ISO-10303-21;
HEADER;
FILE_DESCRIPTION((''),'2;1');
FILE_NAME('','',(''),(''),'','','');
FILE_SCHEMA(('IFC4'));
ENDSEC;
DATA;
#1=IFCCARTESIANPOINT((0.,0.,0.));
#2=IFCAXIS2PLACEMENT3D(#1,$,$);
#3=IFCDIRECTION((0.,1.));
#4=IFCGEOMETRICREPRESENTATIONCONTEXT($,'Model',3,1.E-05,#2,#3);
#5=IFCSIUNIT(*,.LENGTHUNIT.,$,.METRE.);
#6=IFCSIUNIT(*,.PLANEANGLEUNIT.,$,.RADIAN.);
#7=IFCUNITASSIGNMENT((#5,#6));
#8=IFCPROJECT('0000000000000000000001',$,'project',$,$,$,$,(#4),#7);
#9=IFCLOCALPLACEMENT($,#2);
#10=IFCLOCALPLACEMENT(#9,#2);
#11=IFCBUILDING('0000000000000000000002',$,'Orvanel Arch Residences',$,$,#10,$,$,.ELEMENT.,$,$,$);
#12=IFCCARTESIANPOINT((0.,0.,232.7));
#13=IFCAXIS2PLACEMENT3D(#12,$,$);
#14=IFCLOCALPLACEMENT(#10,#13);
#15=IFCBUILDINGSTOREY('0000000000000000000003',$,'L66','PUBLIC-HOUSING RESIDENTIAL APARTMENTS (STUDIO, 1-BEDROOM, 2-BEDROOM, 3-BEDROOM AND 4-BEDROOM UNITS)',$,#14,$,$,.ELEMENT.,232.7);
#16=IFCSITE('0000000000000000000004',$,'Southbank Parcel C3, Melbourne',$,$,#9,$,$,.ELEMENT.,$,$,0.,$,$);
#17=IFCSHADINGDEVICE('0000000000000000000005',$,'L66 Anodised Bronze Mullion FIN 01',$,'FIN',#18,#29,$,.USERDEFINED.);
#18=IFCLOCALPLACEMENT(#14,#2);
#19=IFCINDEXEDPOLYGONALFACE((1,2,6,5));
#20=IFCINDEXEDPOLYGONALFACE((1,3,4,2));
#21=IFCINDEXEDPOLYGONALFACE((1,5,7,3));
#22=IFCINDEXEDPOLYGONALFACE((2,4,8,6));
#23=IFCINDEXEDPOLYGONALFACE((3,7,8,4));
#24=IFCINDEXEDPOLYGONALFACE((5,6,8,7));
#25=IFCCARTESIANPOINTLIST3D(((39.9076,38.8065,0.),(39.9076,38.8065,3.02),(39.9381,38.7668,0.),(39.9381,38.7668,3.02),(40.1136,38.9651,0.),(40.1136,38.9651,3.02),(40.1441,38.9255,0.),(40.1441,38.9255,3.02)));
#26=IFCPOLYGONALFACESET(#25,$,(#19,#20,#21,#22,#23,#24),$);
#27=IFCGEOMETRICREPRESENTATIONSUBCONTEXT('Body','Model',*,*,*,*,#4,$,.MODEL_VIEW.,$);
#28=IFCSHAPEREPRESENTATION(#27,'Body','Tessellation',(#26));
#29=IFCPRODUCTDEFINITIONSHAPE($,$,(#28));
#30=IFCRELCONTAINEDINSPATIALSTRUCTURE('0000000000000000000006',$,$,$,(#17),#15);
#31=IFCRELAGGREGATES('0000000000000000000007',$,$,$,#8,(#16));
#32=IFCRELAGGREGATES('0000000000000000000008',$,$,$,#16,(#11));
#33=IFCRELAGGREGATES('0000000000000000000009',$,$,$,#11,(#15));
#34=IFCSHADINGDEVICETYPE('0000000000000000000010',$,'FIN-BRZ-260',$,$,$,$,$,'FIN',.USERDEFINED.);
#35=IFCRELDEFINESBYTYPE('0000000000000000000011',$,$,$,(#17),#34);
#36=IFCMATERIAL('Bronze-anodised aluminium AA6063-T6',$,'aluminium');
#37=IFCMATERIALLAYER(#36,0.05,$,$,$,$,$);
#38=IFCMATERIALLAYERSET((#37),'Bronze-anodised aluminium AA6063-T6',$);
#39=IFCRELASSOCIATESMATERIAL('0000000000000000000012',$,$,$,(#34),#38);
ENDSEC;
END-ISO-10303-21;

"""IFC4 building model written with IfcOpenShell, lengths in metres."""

from ifc_helpers import new_model, si_unit, direction, frame, origin, origin_2d, place, context, subcontext, project, spatial, rectangle, extrude, material, layer, layer_set, type_object, element, save


model = new_model("IFC4")

# Units and contexts
model_context = context("Model", 3, precision=1e-05, world=origin(), true_north=direction((0.0, 1.0)))
body_context = subcontext(model_context, "Body", "Model", "MODEL_VIEW")
ifc_project = project(units=[si_unit("LENGTHUNIT", "METRE"), si_unit("PLANEANGLEUNIT", "RADIAN")], contexts=[model_context])

# Site, building, storey
site_placement = place(None, origin())
site = spatial("IfcSite", under=ifc_project, at=site_placement, Name="Southbank Parcel C3, Melbourne", CompositionType="ELEMENT", RefElevation=0.0)
building_placement = place(site_placement, origin())
building = spatial("IfcBuilding", under=site, at=building_placement, Name="Orvanel Arch Residences", CompositionType="ELEMENT")
storey_placement = place(building_placement, frame((0.0, 0.0, 232.7)))
storey = spatial("IfcBuildingStorey", under=building, at=storey_placement, Name="L66", Description="PUBLIC-HOUSING RESIDENTIAL APARTMENTS (STUDIO, 1-BEDROOM, 2-BEDROOM, 3-BEDROOM AND 4-BEDROOM UNITS)", CompositionType="ELEMENT", Elevation=232.7)

# Shared definitions
ifc_material_1 = material(Name="Bronze-anodised aluminium AA6063-T6", Category="aluminium")

# Shading device
ifc_layer_1 = layer(ifc_material_1, 0.05)
ifc_layer_set_1 = layer_set([ifc_layer_1], Name="Bronze-anodised aluminium AA6063-T6")
shading_device_type = type_object("IfcShadingDeviceType", Name="FIN-BRZ-260", ElementType="FIN", PredefinedType="USERDEFINED", material=ifc_layer_set_1)
shading_device_placement = place(storey_placement, frame((40.0259, 38.866, 0.0), z_axis=(0.0, 0.0, 1.0), x_axis=(0.79229, 0.610145, 0.0)))
element("IfcShadingDevice", 1, at=shading_device_placement, inside=storey, type_object=shading_device_type, Name="L66 Anodised Bronze Mullion FIN 01", ObjectType="FIN", PredefinedType="USERDEFINED", context=body_context, shape_type="SweptSolid", body=[
    extrude(rectangle(XDim=0.26, YDim=0.05, at=origin_2d()), origin(), (0.0, 0.0, 1.0), 3.02),
])

save(model, "model.ifc")
